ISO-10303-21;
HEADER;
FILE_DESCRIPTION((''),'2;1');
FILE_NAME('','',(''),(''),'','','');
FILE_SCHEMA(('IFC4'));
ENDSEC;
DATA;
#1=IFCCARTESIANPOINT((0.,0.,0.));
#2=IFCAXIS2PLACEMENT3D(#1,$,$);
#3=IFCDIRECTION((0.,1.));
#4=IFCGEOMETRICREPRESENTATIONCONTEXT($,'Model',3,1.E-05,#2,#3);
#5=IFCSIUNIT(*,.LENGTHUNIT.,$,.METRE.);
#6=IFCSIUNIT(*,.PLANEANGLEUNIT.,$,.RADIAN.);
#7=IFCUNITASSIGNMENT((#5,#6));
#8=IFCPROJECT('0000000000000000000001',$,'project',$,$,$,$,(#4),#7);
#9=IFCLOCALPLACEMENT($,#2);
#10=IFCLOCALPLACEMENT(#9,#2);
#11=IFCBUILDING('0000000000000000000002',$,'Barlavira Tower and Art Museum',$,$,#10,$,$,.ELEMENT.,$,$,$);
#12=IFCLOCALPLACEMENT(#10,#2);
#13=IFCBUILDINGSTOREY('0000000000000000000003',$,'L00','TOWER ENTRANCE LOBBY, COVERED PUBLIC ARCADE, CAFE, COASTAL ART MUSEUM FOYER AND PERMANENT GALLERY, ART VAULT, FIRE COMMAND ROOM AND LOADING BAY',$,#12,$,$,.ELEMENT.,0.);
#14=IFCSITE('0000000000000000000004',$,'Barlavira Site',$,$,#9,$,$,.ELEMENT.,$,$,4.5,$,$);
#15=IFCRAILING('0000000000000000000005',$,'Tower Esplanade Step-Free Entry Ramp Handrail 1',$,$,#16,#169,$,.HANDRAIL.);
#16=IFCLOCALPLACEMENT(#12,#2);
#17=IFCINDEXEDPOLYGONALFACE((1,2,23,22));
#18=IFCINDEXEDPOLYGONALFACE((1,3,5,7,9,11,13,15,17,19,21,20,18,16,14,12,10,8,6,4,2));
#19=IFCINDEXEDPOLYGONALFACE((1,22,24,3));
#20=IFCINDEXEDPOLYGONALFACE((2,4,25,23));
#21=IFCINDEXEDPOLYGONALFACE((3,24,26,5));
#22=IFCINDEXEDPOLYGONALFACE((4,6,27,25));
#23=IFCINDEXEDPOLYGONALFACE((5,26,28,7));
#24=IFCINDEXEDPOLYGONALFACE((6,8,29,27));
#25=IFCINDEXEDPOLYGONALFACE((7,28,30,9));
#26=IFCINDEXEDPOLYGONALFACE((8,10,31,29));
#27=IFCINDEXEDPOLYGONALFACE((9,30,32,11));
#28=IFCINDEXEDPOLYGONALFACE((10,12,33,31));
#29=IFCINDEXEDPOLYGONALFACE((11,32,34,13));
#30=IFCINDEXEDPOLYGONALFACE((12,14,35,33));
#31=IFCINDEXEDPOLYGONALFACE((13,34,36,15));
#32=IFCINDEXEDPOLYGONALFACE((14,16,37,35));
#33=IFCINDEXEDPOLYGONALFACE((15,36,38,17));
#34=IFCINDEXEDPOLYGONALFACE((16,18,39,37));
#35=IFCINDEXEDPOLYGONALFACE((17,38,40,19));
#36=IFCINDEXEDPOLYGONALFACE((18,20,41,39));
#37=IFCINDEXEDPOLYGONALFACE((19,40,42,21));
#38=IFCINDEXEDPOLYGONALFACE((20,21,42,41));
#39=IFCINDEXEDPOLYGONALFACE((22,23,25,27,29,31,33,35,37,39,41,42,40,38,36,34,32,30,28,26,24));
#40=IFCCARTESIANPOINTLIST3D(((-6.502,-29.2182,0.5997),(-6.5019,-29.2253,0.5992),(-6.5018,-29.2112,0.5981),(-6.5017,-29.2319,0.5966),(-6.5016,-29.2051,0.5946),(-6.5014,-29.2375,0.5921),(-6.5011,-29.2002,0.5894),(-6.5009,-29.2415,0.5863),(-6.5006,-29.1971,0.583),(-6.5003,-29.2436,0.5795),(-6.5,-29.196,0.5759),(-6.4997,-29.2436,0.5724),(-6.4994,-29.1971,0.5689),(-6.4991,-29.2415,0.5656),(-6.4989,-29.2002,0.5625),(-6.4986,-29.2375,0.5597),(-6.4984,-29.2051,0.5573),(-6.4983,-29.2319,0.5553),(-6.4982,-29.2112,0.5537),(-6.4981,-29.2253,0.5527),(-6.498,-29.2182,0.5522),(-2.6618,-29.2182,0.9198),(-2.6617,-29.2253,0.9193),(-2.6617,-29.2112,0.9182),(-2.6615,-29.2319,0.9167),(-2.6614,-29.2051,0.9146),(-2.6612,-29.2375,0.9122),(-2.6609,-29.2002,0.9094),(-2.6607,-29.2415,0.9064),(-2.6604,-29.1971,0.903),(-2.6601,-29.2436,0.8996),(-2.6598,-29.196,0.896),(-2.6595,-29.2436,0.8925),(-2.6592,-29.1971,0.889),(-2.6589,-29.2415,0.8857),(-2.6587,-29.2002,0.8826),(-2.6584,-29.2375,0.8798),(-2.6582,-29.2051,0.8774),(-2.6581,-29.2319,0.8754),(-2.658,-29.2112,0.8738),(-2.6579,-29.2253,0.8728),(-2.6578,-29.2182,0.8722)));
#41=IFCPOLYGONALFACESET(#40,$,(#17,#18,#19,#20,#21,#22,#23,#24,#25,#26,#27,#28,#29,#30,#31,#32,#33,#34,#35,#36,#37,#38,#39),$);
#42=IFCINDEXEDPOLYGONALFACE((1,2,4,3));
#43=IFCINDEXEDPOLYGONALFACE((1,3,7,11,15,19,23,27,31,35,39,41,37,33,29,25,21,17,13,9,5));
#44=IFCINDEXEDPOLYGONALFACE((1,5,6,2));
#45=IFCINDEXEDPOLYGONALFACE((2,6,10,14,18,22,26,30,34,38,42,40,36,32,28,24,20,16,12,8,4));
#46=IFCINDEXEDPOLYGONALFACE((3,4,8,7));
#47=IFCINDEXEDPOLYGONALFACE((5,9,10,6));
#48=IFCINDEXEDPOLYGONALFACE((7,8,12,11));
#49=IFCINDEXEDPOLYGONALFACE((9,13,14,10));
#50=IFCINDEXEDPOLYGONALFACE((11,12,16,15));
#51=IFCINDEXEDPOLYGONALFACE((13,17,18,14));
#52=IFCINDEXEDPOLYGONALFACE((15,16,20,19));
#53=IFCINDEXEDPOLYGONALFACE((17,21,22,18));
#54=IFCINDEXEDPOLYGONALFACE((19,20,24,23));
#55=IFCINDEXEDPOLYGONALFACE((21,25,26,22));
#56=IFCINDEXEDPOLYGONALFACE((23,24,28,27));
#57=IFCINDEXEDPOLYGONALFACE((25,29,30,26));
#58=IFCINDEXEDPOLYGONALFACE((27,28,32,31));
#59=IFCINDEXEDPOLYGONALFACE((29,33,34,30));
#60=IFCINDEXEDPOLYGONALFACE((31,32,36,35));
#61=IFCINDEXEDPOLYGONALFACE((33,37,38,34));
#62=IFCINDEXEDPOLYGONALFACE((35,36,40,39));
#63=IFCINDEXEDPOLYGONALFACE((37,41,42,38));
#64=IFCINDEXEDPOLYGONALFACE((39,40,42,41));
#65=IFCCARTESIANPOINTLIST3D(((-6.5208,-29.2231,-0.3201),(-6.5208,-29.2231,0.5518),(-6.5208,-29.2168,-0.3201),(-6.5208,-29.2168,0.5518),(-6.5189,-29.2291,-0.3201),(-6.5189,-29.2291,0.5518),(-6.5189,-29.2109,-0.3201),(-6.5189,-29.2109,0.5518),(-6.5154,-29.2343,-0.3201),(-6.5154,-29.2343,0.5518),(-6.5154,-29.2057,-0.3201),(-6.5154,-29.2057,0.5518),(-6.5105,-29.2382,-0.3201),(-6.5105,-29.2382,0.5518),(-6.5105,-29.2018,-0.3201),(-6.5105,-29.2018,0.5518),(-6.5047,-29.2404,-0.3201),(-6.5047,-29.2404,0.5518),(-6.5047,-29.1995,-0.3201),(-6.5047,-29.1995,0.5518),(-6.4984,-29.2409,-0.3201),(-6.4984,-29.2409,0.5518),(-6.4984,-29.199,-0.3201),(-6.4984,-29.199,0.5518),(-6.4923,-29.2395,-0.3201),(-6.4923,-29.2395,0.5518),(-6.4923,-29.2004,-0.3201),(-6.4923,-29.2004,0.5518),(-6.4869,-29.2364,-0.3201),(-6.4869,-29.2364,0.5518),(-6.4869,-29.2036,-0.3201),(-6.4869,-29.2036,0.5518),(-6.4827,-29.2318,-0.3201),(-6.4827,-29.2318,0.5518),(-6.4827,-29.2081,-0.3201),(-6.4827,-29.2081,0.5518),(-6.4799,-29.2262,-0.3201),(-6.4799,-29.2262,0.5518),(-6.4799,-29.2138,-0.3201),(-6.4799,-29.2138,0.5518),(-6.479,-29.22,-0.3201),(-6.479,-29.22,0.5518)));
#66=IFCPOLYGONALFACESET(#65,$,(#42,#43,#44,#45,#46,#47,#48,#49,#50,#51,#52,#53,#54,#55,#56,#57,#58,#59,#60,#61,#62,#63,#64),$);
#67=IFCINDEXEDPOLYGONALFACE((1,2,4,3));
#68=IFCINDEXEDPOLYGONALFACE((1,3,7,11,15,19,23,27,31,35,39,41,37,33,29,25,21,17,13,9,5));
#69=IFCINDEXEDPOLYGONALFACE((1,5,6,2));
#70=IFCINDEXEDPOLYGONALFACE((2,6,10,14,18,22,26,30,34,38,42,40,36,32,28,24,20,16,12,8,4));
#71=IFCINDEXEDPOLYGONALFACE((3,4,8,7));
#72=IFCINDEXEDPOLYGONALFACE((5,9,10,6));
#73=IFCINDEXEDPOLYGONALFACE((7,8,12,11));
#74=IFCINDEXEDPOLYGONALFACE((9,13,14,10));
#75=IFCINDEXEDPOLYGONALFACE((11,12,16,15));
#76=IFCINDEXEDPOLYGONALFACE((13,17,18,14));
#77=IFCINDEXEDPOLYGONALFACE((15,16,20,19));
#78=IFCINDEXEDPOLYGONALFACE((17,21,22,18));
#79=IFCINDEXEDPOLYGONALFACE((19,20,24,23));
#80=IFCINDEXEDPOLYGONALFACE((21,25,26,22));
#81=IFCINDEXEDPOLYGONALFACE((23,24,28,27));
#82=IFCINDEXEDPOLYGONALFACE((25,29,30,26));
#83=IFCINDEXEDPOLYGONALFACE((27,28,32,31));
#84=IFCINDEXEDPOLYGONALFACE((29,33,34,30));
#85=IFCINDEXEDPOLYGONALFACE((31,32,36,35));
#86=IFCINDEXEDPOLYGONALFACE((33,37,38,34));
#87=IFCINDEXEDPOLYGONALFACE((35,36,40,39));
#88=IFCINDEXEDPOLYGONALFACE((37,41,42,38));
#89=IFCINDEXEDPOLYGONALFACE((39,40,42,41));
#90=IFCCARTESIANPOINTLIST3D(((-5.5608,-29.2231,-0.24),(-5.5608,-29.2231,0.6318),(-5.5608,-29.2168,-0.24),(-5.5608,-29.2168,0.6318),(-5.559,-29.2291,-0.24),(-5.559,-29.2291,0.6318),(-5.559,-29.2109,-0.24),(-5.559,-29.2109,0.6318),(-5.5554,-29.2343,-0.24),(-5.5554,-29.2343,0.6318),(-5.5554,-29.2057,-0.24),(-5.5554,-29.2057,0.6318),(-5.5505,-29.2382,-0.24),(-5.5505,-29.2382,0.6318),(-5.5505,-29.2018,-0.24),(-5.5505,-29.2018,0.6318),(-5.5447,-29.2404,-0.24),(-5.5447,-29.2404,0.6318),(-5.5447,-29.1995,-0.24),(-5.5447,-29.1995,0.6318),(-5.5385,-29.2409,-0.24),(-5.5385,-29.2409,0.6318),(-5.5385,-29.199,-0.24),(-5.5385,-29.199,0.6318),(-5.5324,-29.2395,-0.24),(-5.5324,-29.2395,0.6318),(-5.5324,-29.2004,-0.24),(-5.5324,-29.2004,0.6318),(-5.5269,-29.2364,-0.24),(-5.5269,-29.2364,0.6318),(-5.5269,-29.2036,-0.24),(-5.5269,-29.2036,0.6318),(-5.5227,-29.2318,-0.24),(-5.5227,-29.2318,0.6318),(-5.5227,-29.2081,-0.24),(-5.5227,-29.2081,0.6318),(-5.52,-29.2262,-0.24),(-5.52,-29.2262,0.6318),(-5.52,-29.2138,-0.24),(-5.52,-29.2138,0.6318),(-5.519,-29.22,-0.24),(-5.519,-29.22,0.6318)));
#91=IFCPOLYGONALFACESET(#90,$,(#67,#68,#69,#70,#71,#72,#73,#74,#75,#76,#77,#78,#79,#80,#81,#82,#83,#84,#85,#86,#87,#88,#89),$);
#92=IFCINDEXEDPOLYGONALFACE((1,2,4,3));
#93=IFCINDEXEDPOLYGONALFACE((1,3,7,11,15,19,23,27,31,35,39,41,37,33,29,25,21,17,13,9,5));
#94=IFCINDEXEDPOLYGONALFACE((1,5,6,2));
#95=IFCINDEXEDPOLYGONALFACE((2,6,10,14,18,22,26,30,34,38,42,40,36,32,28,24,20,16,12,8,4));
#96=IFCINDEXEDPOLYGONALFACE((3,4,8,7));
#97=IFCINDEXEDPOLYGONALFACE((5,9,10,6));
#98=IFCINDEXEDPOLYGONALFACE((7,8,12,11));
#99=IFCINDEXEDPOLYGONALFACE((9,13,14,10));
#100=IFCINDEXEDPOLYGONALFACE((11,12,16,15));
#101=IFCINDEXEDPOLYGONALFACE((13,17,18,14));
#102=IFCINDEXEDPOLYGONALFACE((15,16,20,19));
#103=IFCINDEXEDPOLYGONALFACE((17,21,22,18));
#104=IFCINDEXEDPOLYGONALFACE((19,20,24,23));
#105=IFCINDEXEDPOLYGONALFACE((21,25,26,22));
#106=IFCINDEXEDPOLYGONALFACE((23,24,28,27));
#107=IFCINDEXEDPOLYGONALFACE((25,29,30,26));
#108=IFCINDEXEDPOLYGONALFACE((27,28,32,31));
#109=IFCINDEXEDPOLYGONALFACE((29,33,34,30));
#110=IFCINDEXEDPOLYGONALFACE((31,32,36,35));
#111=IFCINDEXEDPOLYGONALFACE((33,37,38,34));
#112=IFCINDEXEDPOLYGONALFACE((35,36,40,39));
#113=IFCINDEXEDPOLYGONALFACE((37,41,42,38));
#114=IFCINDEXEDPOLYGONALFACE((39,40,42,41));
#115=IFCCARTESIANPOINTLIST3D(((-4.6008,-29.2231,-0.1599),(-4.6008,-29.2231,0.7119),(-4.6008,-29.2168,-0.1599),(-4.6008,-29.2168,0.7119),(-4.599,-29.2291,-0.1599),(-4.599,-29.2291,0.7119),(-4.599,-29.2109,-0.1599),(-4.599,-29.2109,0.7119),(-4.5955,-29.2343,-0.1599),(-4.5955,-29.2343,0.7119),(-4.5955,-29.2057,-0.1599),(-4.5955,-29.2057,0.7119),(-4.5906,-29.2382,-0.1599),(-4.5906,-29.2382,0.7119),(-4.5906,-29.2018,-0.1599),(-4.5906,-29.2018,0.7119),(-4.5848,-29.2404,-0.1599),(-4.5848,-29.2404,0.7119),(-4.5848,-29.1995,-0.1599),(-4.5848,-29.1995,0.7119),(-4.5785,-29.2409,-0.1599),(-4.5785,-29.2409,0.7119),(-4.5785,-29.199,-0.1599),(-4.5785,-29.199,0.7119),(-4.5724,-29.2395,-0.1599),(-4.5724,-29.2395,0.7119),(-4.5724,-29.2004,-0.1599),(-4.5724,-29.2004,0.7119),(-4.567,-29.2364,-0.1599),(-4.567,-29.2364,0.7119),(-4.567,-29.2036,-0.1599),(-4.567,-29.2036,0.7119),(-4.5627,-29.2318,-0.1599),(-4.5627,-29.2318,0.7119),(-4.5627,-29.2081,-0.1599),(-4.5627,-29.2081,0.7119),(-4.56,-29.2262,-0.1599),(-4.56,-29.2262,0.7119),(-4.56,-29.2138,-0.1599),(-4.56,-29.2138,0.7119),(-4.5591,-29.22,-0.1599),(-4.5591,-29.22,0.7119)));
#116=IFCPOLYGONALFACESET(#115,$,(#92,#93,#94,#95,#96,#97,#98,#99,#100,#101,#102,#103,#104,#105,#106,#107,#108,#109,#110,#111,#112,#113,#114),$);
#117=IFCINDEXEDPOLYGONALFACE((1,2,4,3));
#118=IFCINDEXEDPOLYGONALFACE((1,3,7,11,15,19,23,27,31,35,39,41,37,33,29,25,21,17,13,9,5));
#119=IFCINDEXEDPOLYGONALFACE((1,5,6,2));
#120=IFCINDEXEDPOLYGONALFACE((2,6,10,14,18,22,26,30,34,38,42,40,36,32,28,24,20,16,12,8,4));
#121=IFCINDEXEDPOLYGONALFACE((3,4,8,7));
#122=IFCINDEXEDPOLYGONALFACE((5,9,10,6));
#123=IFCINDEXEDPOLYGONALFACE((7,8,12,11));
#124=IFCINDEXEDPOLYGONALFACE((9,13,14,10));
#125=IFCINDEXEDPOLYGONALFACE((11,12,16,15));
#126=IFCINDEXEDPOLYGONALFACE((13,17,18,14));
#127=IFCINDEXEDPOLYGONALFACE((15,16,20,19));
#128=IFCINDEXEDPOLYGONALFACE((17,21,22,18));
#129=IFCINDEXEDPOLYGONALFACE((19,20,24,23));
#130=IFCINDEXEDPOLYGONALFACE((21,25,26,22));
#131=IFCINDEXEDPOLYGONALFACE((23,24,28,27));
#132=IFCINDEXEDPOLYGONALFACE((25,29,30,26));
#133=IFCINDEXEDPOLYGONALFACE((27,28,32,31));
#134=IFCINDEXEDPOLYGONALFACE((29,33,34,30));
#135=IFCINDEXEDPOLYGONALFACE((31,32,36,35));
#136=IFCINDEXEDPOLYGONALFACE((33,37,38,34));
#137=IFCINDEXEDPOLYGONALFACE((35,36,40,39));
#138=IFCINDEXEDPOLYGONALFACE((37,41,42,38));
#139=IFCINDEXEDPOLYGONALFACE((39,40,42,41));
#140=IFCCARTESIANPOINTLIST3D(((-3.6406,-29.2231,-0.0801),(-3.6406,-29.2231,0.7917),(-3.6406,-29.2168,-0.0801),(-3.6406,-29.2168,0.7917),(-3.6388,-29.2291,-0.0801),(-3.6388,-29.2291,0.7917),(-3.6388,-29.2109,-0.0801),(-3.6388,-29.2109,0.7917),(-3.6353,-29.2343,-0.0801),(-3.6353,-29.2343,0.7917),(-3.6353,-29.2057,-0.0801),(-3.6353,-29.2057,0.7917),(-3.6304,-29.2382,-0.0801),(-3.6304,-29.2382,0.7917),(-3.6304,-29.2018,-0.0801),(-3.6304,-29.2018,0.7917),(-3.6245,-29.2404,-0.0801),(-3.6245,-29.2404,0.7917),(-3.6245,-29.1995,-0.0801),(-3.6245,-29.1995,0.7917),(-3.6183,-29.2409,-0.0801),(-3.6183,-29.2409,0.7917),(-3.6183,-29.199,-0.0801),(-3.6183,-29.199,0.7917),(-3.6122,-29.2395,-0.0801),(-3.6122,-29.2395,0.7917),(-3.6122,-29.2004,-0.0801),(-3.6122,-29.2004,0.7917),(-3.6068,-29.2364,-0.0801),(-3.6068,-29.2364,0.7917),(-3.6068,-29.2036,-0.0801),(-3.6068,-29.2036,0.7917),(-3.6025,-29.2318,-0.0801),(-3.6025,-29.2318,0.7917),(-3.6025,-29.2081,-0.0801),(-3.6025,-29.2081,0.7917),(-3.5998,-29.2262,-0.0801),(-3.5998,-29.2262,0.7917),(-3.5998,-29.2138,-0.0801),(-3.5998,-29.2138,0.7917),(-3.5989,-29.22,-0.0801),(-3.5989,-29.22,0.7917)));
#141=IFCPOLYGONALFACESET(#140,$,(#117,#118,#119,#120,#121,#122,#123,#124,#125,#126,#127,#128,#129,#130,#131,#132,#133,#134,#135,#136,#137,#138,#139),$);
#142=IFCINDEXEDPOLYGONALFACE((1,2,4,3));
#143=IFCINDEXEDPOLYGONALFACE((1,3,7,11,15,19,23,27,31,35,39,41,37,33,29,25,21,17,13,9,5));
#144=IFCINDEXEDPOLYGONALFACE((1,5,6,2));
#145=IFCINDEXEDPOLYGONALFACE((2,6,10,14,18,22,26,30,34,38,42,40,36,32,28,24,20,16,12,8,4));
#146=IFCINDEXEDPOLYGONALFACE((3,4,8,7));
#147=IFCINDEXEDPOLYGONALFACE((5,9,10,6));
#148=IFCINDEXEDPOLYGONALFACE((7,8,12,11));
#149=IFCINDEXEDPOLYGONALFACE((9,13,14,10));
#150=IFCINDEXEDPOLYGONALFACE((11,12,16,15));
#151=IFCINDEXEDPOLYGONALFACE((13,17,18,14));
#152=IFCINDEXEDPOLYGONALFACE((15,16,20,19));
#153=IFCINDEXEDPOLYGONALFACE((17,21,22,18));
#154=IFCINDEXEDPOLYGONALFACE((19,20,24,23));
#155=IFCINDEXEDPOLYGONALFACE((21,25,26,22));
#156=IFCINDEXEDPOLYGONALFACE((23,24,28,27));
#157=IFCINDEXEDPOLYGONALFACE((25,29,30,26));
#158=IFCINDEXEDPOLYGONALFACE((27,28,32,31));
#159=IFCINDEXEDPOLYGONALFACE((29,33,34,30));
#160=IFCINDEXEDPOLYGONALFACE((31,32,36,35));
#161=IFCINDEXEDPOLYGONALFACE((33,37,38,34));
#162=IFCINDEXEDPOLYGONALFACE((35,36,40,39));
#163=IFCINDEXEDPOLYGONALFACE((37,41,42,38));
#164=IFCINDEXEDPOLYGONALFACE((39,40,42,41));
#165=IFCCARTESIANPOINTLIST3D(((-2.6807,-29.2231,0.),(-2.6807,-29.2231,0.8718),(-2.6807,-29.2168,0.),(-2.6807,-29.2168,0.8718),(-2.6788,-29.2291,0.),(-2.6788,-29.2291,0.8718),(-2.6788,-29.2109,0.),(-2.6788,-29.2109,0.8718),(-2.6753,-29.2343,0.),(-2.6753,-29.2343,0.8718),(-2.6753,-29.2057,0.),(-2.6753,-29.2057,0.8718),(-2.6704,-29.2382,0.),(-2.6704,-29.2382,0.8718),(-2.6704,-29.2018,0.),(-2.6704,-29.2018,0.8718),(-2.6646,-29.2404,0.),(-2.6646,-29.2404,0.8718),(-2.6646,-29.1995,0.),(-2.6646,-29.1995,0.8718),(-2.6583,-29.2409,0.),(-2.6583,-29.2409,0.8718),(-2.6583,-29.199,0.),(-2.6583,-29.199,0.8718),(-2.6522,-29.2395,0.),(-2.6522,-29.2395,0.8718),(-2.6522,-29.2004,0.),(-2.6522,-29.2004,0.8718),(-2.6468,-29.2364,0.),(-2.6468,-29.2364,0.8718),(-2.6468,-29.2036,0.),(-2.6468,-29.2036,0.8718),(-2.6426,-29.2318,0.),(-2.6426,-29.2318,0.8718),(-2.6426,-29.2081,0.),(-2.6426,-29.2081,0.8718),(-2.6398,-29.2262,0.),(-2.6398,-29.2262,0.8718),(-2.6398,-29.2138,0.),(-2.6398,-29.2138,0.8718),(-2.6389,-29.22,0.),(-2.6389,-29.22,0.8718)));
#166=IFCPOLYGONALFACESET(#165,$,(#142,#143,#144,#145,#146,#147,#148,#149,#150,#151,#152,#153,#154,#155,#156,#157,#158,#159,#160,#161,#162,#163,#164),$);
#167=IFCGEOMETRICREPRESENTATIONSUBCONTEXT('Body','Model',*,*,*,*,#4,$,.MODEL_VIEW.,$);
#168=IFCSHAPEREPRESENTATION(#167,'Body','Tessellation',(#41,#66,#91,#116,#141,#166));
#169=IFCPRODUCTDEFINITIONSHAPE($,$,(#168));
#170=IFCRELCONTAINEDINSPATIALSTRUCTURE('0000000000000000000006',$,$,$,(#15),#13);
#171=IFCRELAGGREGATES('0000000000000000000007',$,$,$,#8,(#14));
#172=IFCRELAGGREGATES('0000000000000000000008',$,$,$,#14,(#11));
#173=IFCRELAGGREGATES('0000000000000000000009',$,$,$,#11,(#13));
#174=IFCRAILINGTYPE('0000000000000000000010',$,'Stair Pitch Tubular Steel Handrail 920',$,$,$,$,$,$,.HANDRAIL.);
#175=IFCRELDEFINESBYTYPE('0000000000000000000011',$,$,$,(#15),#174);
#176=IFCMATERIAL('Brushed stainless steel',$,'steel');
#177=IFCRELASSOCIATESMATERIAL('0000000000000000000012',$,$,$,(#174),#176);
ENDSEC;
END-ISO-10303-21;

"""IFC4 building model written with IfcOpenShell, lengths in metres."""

from ifc_helpers import new_model, si_unit, direction, frame, origin, origin_2d, place, context, subcontext, project, spatial, circle, extrude, material, type_object, element, save


model = new_model("IFC4")

# Units and contexts
model_context = context("Model", 3, precision=1e-05, world=origin(), true_north=direction((0.0, 1.0)))
body_context = subcontext(model_context, "Body", "Model", "MODEL_VIEW")
ifc_project = project(units=[si_unit("LENGTHUNIT", "METRE"), si_unit("PLANEANGLEUNIT", "RADIAN")], contexts=[model_context])

# Site, building, storey
site_placement = place(None, origin())
site = spatial("IfcSite", under=ifc_project, at=site_placement, Name="Barlavira Site", CompositionType="ELEMENT", RefElevation=4.5)
building_placement = place(site_placement, origin())
building = spatial("IfcBuilding", under=site, at=building_placement, Name="Barlavira Tower and Art Museum", CompositionType="ELEMENT")
storey_placement = place(building_placement, origin())
storey = spatial("IfcBuildingStorey", under=building, at=storey_placement, Name="L00", Description="TOWER ENTRANCE LOBBY, COVERED PUBLIC ARCADE, CAFE, COASTAL ART MUSEUM FOYER AND PERMANENT GALLERY, ART VAULT, FIRE COMMAND ROOM AND LOADING BAY", CompositionType="ELEMENT", Elevation=0.0)

# Railing
ifc_material_1 = material(Name="Brushed stainless steel", Category="steel")
railing_type_1 = type_object("IfcRailingType", Name="Stair Pitch Tubular Steel Handrail 920", PredefinedType="HANDRAIL", material=ifc_material_1)
for number, where, name in (
    (1, (-6.5, -29.22, -0.3201), "Tower Esplanade Step-Free Entry Ramp Handrail 1"),
):
    element("IfcRailing", number, at=place(storey_placement, frame(where)), inside=storey, type_object=railing_type_1, Name=name, PredefinedType="HANDRAIL", context=body_context, shape_type="SweptSolid", body=[
        extrude(circle(Radius=0.0239, at=origin_2d()), frame((0.0, 0.0, 0.896), z_axis=(0.996544, 0.0, 0.083061), x_axis=(0.0, 1.0, 0.0)), (0.0, 0.0, 1.0), 3.8535),
        extrude(circle(Radius=0.021, at=origin_2d()), origin(), (0.0, 0.0, 1.0), 0.8718),
        extrude(circle(Radius=0.021, at=origin_2d()), frame((0.96, 0.0, 0.0801)), (0.0, 0.0, 1.0), 0.8718),
        extrude(circle(Radius=0.021, at=origin_2d()), frame((1.9199, 0.0, 0.1602)), (0.0, 0.0, 1.0), 0.8718),
        extrude(circle(Radius=0.021, at=origin_2d()), frame((2.8801, 0.0, 0.24)), (0.0, 0.0, 1.0), 0.8718),
        extrude(circle(Radius=0.021, at=origin_2d()), frame((3.8401, 0.0, 0.3201)), (0.0, 0.0, 1.0), 0.8718),
    ])

save(model, "model.ifc")
